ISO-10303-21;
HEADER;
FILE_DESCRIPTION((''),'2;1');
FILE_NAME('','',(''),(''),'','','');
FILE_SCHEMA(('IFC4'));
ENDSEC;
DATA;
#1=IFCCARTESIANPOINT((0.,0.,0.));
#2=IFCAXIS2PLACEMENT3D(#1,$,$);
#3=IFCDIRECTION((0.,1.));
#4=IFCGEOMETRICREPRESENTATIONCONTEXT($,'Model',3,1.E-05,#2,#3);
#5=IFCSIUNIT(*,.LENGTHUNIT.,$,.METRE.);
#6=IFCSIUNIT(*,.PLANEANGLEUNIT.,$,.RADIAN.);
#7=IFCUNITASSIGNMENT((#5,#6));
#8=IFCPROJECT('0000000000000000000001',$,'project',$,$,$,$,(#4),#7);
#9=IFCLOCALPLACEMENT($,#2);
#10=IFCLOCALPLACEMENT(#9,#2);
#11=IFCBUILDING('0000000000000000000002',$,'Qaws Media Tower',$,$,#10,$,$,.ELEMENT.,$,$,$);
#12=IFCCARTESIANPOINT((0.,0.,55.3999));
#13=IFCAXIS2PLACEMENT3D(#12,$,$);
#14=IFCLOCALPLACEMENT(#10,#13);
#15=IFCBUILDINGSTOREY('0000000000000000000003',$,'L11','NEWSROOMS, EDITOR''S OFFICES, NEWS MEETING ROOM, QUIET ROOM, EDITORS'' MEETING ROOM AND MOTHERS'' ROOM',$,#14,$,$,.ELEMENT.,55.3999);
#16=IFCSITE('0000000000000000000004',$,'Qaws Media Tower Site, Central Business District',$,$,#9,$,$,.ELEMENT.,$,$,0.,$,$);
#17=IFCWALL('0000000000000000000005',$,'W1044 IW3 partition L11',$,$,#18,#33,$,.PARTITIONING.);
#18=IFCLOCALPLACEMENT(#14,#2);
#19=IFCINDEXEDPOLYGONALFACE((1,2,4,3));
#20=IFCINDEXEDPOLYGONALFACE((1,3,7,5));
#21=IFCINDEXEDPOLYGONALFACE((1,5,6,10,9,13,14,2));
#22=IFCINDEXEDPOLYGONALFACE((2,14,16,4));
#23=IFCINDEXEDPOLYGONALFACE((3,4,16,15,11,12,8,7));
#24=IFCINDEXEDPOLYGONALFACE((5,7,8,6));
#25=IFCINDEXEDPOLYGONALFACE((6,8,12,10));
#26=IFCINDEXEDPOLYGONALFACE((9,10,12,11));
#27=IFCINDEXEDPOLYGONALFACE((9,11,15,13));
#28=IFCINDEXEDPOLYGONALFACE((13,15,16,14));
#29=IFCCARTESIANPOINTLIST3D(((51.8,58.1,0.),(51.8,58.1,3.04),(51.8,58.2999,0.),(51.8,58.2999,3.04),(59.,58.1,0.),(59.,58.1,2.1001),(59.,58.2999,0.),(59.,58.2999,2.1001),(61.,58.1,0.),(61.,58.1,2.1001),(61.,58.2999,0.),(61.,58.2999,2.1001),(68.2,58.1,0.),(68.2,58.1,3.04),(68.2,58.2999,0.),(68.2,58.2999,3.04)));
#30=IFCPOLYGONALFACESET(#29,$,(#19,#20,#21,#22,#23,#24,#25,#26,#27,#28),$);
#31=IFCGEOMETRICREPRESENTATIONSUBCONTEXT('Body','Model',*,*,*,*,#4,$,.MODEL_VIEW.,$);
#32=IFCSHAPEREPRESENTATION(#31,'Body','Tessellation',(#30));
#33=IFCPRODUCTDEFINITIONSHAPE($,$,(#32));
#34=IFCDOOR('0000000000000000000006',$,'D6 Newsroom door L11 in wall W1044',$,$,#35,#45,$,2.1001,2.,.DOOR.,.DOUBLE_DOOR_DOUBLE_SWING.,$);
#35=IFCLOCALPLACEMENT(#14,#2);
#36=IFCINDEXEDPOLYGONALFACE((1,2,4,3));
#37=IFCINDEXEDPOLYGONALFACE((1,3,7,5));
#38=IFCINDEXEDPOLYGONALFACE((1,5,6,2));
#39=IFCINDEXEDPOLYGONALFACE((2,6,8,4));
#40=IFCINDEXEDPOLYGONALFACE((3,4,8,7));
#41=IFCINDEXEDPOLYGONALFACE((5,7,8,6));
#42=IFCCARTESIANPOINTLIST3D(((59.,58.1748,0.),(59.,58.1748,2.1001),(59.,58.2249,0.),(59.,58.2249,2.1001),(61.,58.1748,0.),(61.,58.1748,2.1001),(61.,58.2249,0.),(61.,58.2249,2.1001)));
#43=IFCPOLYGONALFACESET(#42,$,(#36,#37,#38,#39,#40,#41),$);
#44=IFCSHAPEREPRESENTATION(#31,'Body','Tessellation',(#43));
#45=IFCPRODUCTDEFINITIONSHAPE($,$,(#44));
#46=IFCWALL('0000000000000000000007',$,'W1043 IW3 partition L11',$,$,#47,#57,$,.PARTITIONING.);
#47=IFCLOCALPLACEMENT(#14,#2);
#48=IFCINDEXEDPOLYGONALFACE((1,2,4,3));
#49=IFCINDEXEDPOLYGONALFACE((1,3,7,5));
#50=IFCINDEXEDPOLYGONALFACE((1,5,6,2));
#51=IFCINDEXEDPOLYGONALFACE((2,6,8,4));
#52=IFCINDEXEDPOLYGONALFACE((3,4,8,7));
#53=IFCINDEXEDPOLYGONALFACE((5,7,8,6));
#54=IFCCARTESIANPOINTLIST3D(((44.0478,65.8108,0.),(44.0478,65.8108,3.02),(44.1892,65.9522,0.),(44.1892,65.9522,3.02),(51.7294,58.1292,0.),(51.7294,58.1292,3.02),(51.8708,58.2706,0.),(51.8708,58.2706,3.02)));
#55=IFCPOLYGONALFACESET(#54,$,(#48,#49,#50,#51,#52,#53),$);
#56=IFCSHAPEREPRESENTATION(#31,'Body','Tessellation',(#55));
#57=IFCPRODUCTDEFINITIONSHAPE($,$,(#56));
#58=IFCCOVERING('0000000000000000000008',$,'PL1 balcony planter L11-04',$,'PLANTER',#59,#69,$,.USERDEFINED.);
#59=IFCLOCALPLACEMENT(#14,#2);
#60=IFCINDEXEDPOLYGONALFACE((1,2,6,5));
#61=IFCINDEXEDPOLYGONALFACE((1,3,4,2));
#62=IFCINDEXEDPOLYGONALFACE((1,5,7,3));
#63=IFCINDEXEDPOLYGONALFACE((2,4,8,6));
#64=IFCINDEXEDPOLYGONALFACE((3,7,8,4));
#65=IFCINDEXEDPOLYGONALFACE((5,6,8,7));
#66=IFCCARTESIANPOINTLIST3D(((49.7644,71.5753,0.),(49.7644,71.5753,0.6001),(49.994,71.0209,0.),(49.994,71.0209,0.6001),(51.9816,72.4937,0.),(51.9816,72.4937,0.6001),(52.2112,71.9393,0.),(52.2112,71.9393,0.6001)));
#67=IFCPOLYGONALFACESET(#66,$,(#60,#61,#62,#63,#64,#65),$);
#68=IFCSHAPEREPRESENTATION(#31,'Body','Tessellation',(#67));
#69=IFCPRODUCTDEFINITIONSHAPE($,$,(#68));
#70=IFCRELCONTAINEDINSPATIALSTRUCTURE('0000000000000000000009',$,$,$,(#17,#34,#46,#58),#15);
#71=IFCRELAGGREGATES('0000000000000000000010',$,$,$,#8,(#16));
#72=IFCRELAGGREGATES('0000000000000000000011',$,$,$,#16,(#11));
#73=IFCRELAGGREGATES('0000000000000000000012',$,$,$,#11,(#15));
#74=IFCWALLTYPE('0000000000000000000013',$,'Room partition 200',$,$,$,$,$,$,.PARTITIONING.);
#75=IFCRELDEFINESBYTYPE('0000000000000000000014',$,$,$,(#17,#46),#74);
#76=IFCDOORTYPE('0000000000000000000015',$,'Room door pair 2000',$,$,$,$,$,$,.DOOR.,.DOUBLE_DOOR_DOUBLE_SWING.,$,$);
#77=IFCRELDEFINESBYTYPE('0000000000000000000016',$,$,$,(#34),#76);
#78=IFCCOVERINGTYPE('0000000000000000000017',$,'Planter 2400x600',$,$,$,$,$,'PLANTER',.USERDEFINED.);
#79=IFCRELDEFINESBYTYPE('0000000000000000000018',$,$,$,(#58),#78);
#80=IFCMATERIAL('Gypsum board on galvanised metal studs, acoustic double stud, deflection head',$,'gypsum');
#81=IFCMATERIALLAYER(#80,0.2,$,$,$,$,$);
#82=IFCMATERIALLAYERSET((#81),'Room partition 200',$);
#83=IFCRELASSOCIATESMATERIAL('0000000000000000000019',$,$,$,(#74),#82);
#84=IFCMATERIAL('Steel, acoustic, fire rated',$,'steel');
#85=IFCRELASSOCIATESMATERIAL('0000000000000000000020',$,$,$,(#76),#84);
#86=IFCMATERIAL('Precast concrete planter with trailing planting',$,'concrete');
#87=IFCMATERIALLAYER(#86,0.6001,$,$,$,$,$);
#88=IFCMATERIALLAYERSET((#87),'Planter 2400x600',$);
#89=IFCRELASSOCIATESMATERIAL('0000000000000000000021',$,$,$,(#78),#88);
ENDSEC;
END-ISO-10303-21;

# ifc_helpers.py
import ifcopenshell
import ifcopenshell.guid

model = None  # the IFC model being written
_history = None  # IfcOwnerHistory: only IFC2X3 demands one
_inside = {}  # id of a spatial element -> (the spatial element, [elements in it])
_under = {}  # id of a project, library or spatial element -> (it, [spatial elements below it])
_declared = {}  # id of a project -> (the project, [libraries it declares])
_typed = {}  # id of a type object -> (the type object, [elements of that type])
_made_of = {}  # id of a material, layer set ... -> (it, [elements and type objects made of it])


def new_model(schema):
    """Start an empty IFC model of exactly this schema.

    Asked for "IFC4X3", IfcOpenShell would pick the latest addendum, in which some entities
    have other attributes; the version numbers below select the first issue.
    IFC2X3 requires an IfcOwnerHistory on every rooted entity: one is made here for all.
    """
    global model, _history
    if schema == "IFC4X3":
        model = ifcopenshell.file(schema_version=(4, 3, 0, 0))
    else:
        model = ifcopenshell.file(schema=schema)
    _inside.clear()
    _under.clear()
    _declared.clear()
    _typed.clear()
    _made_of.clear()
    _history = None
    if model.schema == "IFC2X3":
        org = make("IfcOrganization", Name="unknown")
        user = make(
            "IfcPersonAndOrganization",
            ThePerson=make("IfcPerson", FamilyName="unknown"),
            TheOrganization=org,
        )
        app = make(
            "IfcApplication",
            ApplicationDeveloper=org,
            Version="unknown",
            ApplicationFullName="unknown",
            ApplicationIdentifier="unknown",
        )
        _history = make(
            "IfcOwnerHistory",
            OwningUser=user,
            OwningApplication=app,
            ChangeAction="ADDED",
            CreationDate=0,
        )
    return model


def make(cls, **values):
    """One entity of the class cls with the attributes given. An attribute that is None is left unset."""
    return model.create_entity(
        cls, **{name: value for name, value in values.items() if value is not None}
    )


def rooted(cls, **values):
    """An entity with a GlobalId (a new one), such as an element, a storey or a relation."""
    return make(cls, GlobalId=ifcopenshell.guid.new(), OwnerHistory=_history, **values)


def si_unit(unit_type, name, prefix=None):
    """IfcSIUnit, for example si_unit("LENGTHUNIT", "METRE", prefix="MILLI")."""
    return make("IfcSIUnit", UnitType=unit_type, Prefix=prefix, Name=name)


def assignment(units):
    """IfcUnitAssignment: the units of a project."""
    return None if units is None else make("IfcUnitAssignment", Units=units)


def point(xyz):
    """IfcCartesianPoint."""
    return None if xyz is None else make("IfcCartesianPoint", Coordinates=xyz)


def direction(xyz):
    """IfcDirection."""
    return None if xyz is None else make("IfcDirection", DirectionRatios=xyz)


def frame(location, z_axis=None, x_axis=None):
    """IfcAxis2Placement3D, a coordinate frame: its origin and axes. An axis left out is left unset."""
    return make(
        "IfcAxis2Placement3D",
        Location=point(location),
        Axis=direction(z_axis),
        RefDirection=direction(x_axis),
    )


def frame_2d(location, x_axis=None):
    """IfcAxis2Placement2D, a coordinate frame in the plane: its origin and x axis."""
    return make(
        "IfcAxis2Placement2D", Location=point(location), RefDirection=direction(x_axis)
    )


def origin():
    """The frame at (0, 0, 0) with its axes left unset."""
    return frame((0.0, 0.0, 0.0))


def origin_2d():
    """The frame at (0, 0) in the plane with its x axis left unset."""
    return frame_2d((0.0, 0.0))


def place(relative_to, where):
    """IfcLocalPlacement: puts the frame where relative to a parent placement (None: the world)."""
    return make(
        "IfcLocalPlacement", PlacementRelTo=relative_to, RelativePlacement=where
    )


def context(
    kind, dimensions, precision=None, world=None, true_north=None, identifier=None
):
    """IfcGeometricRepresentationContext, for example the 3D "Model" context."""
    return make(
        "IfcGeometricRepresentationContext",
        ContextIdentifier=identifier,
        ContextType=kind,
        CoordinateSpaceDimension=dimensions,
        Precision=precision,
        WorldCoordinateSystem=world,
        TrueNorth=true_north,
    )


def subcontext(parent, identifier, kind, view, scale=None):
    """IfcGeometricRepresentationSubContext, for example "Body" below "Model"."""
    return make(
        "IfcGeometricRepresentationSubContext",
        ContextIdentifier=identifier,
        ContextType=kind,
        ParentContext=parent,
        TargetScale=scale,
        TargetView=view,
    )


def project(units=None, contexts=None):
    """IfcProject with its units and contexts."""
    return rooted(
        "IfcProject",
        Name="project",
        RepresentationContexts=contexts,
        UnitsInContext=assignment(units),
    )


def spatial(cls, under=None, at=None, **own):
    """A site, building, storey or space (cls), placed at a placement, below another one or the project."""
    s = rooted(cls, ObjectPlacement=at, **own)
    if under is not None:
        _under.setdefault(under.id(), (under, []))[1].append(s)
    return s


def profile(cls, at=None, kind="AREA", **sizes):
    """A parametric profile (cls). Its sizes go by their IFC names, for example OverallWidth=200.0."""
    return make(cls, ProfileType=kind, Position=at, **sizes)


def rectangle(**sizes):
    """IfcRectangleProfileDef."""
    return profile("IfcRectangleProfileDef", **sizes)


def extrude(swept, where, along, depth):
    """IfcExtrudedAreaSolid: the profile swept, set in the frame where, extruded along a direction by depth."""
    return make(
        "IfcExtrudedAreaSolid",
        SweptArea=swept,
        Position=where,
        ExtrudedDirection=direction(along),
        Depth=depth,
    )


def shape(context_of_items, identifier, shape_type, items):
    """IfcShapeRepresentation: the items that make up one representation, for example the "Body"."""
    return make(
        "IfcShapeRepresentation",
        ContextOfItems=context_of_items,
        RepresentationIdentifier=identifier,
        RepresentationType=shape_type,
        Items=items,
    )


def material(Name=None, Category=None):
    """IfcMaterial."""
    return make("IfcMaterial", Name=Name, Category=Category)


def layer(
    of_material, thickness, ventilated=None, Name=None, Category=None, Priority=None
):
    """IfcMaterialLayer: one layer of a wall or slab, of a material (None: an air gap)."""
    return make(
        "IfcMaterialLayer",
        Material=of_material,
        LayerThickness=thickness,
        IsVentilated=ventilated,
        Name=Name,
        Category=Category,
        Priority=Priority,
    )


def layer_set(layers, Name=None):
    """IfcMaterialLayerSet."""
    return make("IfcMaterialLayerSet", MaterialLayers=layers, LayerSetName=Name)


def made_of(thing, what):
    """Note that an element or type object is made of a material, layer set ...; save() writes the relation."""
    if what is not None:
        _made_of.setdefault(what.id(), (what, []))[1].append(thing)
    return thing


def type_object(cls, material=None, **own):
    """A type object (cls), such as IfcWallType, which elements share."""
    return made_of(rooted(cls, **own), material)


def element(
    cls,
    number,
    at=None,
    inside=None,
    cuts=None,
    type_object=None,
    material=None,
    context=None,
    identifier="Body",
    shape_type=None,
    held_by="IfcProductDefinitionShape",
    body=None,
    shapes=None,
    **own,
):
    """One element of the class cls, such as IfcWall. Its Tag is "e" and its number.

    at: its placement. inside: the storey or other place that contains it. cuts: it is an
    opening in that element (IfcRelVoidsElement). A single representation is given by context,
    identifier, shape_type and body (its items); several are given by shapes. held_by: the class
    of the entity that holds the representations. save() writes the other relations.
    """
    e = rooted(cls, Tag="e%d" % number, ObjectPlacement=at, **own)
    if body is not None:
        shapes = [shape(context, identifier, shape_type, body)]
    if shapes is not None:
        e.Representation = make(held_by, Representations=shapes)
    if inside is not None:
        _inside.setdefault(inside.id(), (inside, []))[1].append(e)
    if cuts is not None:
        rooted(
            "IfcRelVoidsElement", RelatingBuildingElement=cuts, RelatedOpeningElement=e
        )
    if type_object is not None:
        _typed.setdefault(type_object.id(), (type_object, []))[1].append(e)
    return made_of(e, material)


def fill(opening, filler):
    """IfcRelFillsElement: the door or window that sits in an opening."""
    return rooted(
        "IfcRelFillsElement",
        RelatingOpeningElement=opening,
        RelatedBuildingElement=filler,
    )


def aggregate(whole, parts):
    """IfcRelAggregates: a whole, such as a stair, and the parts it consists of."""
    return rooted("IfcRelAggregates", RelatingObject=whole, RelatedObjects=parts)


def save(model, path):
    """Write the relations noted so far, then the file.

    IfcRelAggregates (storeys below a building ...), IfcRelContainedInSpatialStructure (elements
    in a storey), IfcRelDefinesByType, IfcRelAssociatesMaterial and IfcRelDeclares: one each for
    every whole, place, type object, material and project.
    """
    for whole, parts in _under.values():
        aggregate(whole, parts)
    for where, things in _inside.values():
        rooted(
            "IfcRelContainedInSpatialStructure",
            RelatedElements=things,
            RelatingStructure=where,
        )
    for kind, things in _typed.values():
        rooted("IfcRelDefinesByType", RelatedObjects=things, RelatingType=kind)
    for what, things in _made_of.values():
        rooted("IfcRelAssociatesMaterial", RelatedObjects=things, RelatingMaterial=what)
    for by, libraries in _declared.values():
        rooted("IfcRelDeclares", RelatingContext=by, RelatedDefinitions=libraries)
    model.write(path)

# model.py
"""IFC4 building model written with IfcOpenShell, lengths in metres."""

from ifc_helpers import new_model, si_unit, direction, frame, frame_2d, origin, origin_2d, place, context, subcontext, project, spatial, rectangle, extrude, material, layer, layer_set, type_object, element, fill, save


model = new_model("IFC4")

# Units and contexts
model_context = context("Model", 3, precision=1e-05, world=origin(), true_north=direction((0.0, 1.0)))
body_context = subcontext(model_context, "Body", "Model", "MODEL_VIEW")
ifc_project = project(units=[si_unit("LENGTHUNIT", "METRE"), si_unit("PLANEANGLEUNIT", "RADIAN")], contexts=[model_context])

# Site, building, storey
site_placement = place(None, origin())
site = spatial("IfcSite", under=ifc_project, at=site_placement, Name="Qaws Media Tower Site, Central Business District", CompositionType="ELEMENT", RefElevation=0.0)
building_placement = place(site_placement, origin())
building = spatial("IfcBuilding", under=site, at=building_placement, Name="Qaws Media Tower", CompositionType="ELEMENT")
storey_placement = place(building_placement, frame((0.0, 0.0, 55.3999)))
storey = spatial("IfcBuildingStorey", under=building, at=storey_placement, Name="L11", Description="NEWSROOMS, EDITOR'S OFFICES, NEWS MEETING ROOM, QUIET ROOM, EDITORS' MEETING ROOM AND MOTHERS' ROOM", CompositionType="ELEMENT", Elevation=55.3999)

# Wall, opening, door
ifc_material_1 = material(Name="Gypsum board on galvanised metal studs, acoustic double stud, deflection head", Category="gypsum")
ifc_layer_1 = layer(ifc_material_1, 0.2)
ifc_layer_set_1 = layer_set([ifc_layer_1], Name="Room partition 200")
wall_type = type_object("IfcWallType", Name="Room partition 200", PredefinedType="PARTITIONING", material=ifc_layer_set_1)
wall_1_placement = place(storey_placement, frame((51.8, 58.2, 0.0), z_axis=(0.0, 0.0, 1.0), x_axis=(1.0, 0.0, 0.0)))
wall_1 = element("IfcWall", 1, at=wall_1_placement, inside=storey, type_object=wall_type, Name="W1044 IW3 partition L11", PredefinedType="PARTITIONING", context=body_context, shape_type="SweptSolid", body=[
    extrude(rectangle(XDim=16.3999, YDim=0.2, at=frame_2d((8.2, 0.0))), origin(), (0.0, 0.0, 1.0), 3.04),
])
opening_placement = place(wall_1_placement, frame((7.2, 0.0, 0.0)))
opening = element("IfcOpeningElement", 2, at=opening_placement, cuts=wall_1, PredefinedType="OPENING", context=body_context, shape_type="SweptSolid", body=[
    extrude(rectangle(XDim=2.0, YDim=2.1001, at=frame_2d((1.0, 1.05))), frame((0.0, 0.1099, 0.0), z_axis=(0.0, -1.0, 0.0), x_axis=(1.0, 0.0, 0.0)), (0.0, 0.0, 1.0), 0.22),
])
ifc_material_2 = material(Name="Steel, acoustic, fire rated", Category="steel")
door_type = type_object("IfcDoorType", Name="Room door pair 2000", OperationType="DOUBLE_DOOR_DOUBLE_SWING", PredefinedType="DOOR", material=ifc_material_2)
door_placement = place(opening_placement, origin())
door = element("IfcDoor", 3, at=door_placement, inside=storey, type_object=door_type, Name="D6 Newsroom door L11 in wall W1044", OperationType="DOUBLE_DOOR_DOUBLE_SWING", OverallHeight=2.1001, OverallWidth=2.0, PredefinedType="DOOR", context=body_context, shape_type="SweptSolid", body=[
    extrude(rectangle(XDim=2.0, YDim=2.1001, at=frame_2d((1.0, 1.05))), frame((0.0, 0.0249, 0.0), z_axis=(0.0, -1.0, 0.0), x_axis=(1.0, 0.0, 0.0)), (0.0, 0.0, 1.0), 0.05),
])
fill(opening, door)

# Wall
wall_2_placement = place(storey_placement, frame((51.8, 58.2, 0.0), z_axis=(0.0, 0.0, 1.0), x_axis=(-0.707107, 0.707107, 0.0)))
element("IfcWall", 4, at=wall_2_placement, inside=storey, type_object=wall_type, Name="W1043 IW3 partition L11", PredefinedType="PARTITIONING", context=body_context, shape_type="SweptSolid", body=[
    extrude(rectangle(XDim=10.8635, YDim=0.2, at=frame_2d((5.4316, 0.0))), origin(), (0.0, 0.0, 1.0), 3.02),
])

# Covering
ifc_material_3 = material(Name="Precast concrete planter with trailing planting", Category="concrete")
ifc_layer_2 = layer(ifc_material_3, 0.6001)
ifc_layer_set_2 = layer_set([ifc_layer_2], Name="Planter 2400x600")
covering_type = type_object("IfcCoveringType", Name="Planter 2400x600", ElementType="PLANTER", PredefinedType="USERDEFINED", material=ifc_layer_set_2)
covering_placement = place(storey_placement, frame((50.9878, 71.7573, 0.0), z_axis=(0.0, 0.0, 1.0), x_axis=(-0.92388, -0.382683, 0.0)))
element("IfcCovering", 5, at=covering_placement, inside=storey, type_object=covering_type, Name="PL1 balcony planter L11-04", ObjectType="PLANTER", PredefinedType="USERDEFINED", context=body_context, shape_type="SweptSolid", body=[
    extrude(rectangle(XDim=2.3999, YDim=0.6001, at=origin_2d()), origin(), (0.0, 0.0, 1.0), 0.6001),
])

save(model, "model.ifc")
